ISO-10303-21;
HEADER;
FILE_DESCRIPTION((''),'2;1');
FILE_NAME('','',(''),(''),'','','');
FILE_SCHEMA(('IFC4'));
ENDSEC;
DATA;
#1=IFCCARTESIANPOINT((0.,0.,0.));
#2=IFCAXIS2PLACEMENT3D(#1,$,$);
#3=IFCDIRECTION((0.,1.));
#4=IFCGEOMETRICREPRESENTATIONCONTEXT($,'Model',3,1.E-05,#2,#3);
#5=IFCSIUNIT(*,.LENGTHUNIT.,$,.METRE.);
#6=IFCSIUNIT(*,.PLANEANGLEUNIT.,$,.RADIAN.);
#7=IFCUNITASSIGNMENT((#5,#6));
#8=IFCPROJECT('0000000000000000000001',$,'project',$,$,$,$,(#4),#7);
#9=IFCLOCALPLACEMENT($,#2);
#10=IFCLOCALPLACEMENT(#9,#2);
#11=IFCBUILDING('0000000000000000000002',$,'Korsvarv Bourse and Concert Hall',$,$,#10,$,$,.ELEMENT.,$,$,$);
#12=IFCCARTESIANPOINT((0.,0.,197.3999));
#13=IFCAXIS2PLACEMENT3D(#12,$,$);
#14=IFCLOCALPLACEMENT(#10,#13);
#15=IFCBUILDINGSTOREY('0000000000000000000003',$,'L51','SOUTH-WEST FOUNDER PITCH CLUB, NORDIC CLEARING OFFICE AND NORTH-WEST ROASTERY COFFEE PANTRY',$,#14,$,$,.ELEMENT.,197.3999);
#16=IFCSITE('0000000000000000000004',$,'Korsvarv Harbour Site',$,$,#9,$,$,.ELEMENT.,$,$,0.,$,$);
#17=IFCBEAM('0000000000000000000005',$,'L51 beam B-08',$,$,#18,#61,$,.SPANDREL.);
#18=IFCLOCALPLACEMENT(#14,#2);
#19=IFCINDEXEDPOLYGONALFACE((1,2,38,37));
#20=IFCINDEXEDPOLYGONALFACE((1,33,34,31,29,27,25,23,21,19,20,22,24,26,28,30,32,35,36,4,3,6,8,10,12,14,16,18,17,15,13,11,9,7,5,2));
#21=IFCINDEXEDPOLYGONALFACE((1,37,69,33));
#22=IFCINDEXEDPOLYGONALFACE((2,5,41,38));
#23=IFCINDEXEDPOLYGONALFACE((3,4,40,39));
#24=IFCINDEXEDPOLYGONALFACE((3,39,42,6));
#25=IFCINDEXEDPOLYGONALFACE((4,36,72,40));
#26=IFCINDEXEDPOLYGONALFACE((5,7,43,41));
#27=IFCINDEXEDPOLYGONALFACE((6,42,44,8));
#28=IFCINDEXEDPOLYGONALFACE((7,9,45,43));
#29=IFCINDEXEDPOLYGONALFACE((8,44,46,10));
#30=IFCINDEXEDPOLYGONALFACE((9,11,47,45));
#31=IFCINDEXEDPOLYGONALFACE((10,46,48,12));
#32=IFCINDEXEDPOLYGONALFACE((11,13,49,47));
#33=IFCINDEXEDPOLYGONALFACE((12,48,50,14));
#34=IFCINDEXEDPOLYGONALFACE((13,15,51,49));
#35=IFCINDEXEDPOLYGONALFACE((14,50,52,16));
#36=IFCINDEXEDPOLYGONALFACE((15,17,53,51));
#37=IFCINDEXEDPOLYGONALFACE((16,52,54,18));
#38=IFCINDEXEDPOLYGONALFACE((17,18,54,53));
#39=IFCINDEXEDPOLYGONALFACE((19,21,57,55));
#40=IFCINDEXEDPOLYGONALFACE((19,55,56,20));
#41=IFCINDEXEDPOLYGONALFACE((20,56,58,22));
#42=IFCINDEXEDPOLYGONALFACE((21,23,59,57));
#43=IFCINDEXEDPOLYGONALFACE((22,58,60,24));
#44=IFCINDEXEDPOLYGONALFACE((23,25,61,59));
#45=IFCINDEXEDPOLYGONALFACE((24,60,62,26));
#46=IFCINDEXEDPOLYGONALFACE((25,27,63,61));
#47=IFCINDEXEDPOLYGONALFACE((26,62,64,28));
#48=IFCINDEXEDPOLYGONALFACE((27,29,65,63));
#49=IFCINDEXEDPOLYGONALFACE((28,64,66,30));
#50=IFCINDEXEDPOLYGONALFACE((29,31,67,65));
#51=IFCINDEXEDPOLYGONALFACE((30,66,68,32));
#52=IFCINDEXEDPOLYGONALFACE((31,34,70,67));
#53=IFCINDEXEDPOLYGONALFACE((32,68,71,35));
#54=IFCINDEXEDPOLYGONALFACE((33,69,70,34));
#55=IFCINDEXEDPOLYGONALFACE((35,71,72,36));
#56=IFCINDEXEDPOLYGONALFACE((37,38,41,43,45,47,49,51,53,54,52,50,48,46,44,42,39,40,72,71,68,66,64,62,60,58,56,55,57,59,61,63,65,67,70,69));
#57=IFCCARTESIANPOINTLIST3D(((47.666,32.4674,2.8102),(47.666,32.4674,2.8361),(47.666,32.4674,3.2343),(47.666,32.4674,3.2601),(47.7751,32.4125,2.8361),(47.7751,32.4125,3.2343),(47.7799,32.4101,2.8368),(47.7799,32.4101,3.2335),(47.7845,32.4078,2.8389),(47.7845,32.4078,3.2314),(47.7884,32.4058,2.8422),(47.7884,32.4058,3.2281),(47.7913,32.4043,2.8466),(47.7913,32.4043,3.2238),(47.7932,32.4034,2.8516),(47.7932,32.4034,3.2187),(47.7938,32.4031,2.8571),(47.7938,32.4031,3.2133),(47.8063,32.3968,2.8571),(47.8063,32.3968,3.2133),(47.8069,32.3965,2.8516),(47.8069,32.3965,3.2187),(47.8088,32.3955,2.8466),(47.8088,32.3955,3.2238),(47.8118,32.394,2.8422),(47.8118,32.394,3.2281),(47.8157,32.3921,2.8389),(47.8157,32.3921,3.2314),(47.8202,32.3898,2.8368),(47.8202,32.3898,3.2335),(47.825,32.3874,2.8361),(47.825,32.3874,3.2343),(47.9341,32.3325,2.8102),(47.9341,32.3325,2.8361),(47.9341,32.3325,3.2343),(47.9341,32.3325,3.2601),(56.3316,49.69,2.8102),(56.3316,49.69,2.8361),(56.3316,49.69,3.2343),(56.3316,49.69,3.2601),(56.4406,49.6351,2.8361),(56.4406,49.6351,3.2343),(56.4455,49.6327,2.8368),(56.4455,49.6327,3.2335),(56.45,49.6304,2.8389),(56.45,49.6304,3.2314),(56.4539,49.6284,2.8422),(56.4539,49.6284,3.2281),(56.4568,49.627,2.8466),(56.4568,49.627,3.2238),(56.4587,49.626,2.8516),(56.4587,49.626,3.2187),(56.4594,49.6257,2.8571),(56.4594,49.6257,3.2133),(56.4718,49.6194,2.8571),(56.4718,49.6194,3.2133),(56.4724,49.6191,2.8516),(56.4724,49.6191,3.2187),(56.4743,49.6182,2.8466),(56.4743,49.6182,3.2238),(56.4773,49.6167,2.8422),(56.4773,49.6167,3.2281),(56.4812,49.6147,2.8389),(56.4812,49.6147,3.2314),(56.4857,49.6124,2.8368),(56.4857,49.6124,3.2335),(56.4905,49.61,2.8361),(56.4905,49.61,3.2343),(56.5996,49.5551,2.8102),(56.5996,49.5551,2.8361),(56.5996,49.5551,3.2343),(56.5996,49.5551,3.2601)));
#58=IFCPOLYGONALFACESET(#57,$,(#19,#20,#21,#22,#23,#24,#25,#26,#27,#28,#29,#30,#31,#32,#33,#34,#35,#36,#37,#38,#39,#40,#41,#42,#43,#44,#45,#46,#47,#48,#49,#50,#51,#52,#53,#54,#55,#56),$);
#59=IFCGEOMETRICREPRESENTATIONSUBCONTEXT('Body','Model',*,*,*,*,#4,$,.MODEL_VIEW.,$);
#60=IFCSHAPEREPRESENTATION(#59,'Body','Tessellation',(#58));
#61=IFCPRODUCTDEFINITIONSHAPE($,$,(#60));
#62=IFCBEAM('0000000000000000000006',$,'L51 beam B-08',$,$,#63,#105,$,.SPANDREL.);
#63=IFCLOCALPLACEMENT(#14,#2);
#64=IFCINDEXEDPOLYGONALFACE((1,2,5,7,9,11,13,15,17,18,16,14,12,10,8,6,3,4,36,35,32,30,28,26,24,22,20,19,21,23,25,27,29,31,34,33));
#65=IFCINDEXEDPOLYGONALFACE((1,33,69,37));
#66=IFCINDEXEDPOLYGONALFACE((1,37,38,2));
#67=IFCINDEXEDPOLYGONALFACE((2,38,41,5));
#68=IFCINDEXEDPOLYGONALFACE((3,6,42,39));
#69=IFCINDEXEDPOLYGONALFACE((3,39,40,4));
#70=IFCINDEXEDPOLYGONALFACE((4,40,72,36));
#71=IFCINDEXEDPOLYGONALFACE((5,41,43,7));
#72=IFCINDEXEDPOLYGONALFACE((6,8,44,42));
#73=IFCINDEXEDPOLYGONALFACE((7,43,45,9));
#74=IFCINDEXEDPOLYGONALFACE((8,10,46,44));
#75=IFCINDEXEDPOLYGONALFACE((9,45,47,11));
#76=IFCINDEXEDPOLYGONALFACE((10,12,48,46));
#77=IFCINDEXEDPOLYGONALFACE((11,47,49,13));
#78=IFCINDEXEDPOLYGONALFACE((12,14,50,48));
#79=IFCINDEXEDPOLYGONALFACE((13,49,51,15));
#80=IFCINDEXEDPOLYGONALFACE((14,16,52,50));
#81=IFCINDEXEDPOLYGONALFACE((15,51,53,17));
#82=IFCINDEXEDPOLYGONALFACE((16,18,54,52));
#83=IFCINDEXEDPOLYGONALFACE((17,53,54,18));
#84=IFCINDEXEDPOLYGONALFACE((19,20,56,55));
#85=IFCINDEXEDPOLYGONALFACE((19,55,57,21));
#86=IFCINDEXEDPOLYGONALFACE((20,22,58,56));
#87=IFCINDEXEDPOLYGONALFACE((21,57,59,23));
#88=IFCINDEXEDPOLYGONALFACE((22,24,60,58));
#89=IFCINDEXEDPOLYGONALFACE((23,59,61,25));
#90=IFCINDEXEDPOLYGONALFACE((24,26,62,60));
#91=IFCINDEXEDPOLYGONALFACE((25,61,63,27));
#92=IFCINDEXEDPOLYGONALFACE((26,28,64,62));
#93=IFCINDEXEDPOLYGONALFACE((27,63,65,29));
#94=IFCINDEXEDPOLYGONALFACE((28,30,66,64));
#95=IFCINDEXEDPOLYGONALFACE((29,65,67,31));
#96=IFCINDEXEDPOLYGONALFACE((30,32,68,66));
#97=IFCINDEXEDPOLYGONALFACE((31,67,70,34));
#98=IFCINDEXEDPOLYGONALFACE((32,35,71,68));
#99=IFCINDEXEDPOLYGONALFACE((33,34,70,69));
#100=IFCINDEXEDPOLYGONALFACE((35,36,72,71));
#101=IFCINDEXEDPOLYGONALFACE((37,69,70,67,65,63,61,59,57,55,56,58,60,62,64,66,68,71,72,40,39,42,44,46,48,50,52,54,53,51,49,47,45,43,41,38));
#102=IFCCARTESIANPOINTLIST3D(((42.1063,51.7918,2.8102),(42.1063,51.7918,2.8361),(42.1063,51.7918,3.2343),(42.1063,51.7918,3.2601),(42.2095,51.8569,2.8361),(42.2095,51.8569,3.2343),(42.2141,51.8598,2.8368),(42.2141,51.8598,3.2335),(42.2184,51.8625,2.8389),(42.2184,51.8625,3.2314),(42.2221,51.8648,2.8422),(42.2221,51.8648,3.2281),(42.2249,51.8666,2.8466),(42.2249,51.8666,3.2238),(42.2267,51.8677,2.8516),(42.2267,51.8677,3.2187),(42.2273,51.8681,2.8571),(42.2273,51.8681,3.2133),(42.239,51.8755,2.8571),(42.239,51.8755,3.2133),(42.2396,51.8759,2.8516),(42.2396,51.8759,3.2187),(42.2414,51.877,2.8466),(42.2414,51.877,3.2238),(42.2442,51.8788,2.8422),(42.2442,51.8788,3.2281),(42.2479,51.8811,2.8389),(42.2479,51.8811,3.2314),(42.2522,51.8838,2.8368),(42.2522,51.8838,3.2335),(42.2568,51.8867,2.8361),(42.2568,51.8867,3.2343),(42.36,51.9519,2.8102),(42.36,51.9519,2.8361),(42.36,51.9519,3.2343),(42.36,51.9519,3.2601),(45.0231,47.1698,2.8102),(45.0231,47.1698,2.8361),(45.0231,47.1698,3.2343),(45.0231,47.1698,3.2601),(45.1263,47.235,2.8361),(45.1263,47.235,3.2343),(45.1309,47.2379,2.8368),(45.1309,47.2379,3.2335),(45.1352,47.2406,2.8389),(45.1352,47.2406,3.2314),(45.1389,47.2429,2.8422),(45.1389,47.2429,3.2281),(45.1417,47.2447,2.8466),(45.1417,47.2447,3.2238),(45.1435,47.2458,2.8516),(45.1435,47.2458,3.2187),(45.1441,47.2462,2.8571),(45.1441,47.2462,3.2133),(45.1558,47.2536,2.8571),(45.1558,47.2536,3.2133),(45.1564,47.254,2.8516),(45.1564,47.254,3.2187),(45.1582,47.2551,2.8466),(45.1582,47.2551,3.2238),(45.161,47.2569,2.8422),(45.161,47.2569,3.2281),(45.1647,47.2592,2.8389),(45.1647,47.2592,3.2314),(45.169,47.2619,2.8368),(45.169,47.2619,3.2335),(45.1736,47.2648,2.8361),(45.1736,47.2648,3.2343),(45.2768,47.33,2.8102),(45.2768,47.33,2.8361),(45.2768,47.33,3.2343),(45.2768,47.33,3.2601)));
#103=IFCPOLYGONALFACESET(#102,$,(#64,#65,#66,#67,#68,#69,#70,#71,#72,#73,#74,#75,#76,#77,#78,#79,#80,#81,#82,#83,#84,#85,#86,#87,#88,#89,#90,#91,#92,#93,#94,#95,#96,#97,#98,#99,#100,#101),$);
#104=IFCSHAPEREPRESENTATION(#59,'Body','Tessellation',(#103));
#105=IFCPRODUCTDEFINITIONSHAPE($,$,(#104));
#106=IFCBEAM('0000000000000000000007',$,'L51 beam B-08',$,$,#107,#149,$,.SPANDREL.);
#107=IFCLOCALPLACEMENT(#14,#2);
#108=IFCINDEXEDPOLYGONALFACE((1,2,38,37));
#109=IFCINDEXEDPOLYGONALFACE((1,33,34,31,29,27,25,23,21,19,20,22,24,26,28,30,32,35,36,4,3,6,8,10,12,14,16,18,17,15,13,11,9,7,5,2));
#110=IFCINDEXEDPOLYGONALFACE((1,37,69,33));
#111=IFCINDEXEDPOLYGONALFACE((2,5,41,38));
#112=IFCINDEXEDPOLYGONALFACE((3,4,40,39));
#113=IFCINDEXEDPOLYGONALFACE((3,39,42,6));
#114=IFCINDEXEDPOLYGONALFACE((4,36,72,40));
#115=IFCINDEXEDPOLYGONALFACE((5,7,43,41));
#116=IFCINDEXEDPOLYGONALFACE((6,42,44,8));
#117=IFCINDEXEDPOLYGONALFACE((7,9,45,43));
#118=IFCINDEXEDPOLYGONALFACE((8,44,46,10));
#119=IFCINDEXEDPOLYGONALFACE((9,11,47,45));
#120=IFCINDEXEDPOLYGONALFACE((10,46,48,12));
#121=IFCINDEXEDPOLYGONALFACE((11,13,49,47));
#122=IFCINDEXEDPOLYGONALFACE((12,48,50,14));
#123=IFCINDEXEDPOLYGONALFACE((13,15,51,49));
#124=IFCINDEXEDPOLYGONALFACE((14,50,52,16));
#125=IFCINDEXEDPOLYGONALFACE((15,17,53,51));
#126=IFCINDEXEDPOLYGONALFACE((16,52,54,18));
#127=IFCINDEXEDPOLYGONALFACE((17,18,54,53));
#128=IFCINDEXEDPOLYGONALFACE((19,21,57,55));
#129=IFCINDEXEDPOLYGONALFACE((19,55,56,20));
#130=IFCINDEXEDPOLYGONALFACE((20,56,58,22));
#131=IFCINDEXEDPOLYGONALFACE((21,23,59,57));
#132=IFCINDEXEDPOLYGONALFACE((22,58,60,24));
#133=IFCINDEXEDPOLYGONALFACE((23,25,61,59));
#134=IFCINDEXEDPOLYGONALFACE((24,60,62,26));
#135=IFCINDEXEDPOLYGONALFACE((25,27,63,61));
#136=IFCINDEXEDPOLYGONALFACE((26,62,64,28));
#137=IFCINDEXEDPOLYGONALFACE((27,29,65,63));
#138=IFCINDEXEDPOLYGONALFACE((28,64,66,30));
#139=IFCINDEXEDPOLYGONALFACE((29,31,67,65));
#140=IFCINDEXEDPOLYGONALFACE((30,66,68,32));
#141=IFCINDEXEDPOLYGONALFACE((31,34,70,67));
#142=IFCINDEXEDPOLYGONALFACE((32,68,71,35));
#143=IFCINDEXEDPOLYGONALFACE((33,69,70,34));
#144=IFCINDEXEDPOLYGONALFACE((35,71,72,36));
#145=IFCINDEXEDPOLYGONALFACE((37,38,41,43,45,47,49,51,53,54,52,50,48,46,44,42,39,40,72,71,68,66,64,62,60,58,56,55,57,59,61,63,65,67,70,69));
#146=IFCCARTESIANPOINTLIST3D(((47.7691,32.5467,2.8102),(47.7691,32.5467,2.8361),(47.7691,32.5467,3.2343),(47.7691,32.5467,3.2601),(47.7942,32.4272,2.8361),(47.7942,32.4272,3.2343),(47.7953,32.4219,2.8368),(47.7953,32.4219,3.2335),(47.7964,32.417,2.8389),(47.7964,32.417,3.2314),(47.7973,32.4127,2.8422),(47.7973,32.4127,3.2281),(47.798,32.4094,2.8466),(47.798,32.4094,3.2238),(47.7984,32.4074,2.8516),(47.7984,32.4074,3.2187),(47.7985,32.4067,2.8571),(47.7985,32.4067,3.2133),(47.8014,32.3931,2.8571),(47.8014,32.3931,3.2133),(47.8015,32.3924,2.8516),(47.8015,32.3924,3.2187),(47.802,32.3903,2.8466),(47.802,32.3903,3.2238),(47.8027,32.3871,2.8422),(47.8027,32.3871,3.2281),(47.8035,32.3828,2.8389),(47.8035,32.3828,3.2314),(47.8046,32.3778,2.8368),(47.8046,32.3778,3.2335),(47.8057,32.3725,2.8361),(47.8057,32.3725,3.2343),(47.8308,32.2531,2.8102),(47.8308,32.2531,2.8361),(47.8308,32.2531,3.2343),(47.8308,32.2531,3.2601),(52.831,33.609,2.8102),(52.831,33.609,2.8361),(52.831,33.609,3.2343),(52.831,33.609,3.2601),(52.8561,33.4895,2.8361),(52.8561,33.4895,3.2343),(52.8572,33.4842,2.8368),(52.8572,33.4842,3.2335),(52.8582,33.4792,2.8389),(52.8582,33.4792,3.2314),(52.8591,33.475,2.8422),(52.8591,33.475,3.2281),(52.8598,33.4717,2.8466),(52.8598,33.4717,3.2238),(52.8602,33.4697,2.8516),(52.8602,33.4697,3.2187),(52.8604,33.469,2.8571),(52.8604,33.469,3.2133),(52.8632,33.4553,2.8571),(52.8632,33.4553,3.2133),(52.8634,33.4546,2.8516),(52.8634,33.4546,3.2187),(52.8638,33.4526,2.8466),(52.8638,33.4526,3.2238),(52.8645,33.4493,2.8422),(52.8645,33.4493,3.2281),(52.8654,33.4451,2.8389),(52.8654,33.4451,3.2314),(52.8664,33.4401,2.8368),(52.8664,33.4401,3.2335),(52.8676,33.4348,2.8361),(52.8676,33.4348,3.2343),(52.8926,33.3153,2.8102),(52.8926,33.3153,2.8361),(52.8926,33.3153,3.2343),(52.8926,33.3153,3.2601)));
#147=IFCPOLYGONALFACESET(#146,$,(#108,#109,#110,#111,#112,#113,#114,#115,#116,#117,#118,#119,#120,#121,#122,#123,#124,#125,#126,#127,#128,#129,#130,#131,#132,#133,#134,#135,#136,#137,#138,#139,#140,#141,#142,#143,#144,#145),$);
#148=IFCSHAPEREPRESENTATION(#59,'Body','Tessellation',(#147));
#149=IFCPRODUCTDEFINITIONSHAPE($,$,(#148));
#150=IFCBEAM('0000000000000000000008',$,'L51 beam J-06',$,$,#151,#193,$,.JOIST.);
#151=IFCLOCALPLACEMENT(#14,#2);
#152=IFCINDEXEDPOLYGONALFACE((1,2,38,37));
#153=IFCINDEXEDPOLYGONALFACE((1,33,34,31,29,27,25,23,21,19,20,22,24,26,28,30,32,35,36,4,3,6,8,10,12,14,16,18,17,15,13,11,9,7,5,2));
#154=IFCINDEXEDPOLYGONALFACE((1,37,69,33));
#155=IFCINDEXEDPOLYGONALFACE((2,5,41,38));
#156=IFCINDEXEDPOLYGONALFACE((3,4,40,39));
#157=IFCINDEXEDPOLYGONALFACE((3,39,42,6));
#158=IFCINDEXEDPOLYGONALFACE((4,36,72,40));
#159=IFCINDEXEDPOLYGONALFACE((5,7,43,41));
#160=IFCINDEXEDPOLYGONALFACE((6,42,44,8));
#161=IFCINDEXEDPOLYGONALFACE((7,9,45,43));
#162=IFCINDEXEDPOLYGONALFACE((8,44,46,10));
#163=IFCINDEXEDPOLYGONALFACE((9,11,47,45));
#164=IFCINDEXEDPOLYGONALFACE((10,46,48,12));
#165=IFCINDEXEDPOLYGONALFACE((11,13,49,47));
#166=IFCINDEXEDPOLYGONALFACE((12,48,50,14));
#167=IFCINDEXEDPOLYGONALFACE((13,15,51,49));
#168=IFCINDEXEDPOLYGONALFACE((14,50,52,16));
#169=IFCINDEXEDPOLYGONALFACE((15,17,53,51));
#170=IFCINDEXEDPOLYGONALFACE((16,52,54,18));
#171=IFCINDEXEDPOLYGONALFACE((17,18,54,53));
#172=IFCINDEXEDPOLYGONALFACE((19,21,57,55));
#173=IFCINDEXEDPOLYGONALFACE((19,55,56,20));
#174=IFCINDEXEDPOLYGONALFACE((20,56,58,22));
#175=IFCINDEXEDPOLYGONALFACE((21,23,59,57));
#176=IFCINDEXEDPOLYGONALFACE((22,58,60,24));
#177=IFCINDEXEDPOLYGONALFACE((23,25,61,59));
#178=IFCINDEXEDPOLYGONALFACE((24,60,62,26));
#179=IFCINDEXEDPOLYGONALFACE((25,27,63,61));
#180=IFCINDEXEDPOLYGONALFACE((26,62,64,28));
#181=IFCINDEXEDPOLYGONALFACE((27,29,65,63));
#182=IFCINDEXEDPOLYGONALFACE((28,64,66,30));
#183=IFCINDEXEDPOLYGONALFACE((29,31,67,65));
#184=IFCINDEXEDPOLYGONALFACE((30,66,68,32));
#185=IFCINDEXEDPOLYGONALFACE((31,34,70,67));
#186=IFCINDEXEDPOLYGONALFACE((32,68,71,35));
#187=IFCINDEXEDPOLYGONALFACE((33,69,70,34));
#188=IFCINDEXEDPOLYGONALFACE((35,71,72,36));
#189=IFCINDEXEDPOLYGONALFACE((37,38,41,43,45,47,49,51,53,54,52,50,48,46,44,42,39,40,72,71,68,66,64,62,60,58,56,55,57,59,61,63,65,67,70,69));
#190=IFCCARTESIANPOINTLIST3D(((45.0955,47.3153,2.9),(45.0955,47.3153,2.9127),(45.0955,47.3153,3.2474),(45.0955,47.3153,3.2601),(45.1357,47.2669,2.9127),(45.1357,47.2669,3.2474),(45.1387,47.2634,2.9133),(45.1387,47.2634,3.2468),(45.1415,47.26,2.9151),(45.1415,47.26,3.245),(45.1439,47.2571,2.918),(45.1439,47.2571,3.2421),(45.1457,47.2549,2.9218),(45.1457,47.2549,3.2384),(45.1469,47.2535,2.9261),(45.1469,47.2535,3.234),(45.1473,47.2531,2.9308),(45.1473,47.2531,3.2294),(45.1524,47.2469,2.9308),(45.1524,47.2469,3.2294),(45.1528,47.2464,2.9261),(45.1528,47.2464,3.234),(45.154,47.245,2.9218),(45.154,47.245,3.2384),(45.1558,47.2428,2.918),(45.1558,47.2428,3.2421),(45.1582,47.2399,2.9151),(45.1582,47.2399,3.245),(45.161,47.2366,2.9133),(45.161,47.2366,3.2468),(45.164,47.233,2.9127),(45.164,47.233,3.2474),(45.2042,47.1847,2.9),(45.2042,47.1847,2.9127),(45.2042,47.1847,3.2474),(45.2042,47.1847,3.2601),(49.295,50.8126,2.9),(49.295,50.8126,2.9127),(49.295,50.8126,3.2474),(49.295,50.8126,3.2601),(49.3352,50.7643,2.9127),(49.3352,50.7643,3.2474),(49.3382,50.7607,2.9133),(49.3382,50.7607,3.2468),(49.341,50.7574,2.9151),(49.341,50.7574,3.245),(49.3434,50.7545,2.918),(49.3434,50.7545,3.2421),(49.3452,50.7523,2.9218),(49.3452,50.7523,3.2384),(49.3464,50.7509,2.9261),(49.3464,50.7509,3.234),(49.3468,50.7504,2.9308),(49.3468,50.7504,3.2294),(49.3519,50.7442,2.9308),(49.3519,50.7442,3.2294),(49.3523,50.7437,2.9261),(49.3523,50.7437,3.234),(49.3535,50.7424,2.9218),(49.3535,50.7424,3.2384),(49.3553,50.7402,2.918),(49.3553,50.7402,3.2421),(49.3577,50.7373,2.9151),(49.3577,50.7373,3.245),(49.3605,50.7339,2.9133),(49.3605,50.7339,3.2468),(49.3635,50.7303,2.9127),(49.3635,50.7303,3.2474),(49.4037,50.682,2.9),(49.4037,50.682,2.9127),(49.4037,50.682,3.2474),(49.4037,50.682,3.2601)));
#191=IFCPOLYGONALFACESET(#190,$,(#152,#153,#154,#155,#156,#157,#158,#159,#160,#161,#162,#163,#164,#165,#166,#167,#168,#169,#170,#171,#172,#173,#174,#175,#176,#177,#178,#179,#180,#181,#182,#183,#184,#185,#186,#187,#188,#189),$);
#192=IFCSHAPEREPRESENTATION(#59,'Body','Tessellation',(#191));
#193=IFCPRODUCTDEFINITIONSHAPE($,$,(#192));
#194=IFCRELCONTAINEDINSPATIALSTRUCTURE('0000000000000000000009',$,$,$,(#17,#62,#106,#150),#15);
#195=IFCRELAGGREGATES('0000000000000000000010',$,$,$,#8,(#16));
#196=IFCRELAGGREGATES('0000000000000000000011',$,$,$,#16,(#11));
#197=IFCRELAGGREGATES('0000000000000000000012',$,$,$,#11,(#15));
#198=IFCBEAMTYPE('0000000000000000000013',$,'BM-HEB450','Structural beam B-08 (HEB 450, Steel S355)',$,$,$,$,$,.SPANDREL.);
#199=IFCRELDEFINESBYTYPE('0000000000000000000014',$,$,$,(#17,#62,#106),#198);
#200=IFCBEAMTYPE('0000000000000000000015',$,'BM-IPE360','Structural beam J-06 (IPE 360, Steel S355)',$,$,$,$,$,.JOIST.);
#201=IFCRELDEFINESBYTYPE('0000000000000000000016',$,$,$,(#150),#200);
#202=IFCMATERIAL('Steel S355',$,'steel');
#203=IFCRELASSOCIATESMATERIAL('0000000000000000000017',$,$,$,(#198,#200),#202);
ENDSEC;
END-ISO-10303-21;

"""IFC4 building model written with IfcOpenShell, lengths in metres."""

from ifc_helpers import new_model, si_unit, direction, frame, origin, origin_2d, place, context, subcontext, project, spatial, i_section, extrude, source, transform, mapped, material, material_profile, profile_set, type_object, element, save


model = new_model("IFC4")

# Units and contexts
model_context = context("Model", 3, precision=1e-05, world=origin(), true_north=direction((0.0, 1.0)))
body_context = subcontext(model_context, "Body", "Model", "MODEL_VIEW")
ifc_project = project(units=[si_unit("LENGTHUNIT", "METRE"), si_unit("PLANEANGLEUNIT", "RADIAN")], contexts=[model_context])

# Site, building, storey
site_placement = place(None, origin())
site = spatial("IfcSite", under=ifc_project, at=site_placement, Name="Korsvarv Harbour Site", CompositionType="ELEMENT", RefElevation=0.0)
building_placement = place(site_placement, origin())
building = spatial("IfcBuilding", under=site, at=building_placement, Name="Korsvarv Bourse and Concert Hall", CompositionType="ELEMENT")
storey_placement = place(building_placement, frame((0.0, 0.0, 197.3999)))
storey = spatial("IfcBuildingStorey", under=building, at=storey_placement, Name="L51", Description="SOUTH-WEST FOUNDER PITCH CLUB, NORDIC CLEARING OFFICE AND NORTH-WEST ROASTERY COFFEE PANTRY", CompositionType="ELEMENT", Elevation=197.3999)

# Shared definitions
ifc_material_1 = material(Name="Steel S355", Category="steel")

# Beams
ifc_material_profile_1 = material_profile(ifc_material_1, i_section(OverallWidth=0.3, OverallDepth=0.45, WebThickness=0.0139, FlangeThickness=0.0259, FilletRadius=0.021, at=origin_2d()), Name="HEB 450")
ifc_profile_set_1 = profile_set([ifc_material_profile_1], Name="Steel S355")
beam_type_1 = type_object("IfcBeamType", Name="BM-HEB450", Description="Structural beam B-08 (HEB 450, Steel S355)", PredefinedType="SPANDREL", material=ifc_profile_set_1)
shared_shape_1 = source(origin(), body_context, "Body", "SweptSolid", [
    extrude(i_section(OverallWidth=0.3, OverallDepth=0.45, WebThickness=0.0139, FlangeThickness=0.0259, FilletRadius=0.021, at=origin_2d()), origin(), (0.0, 0.0, 1.0), 19.2798),
])
beam_1_placement = place(storey_placement, frame((56.4656, 49.6226, 3.0352), z_axis=(-0.449461, -0.8933, 0.0), x_axis=(0.8933, -0.449461, 0.0)))
element("IfcBeam", 1, at=beam_1_placement, inside=storey, type_object=beam_type_1, Name="L51 beam B-08", PredefinedType="SPANDREL", context=body_context, shape_type="MappedRepresentation", body=[
    mapped(shared_shape_1, transform((0.0, 0.0, 0.0), scale=1.0)),
])
shared_shape_2 = source(origin(), body_context, "Body", "SweptSolid", [
    extrude(i_section(OverallWidth=0.3, OverallDepth=0.45, WebThickness=0.0139, FlangeThickness=0.0259, FilletRadius=0.021, at=origin_2d()), origin(), (0.0, 0.0, 1.0), 5.4653),
])
beam_2_placement = place(storey_placement, frame((42.2332, 51.8718, 3.0352), z_axis=(0.533692, -0.845679, 0.0), x_axis=(0.845679, 0.533692, 0.0)))
element("IfcBeam", 2, at=beam_2_placement, inside=storey, type_object=beam_type_1, Name="L51 beam B-08", PredefinedType="SPANDREL", context=body_context, shape_type="MappedRepresentation", body=[
    mapped(shared_shape_2, transform((0.0, 0.0, 0.0), scale=1.0)),
])
shared_shape_3 = source(origin(), body_context, "Body", "SweptSolid", [
    extrude(i_section(OverallWidth=0.3, OverallDepth=0.45, WebThickness=0.0139, FlangeThickness=0.0259, FilletRadius=0.021, at=origin_2d()), origin(), (0.0, 0.0, 1.0), 5.1721),
])
beam_3_placement = place(storey_placement, frame((52.8618, 33.4622, 3.0352), z_axis=(-0.978681, -0.205385, 0.0), x_axis=(0.205385, -0.978681, 0.0)))
element("IfcBeam", 3, at=beam_3_placement, inside=storey, type_object=beam_type_1, Name="L51 beam B-08", PredefinedType="SPANDREL", context=body_context, shape_type="MappedRepresentation", body=[
    mapped(shared_shape_3, transform((0.0, 0.0, 0.0), scale=1.0)),
])
ifc_material_profile_2 = material_profile(ifc_material_1, i_section(OverallWidth=0.1699, OverallDepth=0.3601, WebThickness=0.0081, FlangeThickness=0.0127, FilletRadius=0.0181, at=origin_2d()), Name="IPE 360")
ifc_profile_set_2 = profile_set([ifc_material_profile_2], Name="Steel S355")
beam_type_2 = type_object("IfcBeamType", Name="BM-IPE360", Description="Structural beam J-06 (IPE 360, Steel S355)", PredefinedType="JOIST", material=ifc_profile_set_2)
shared_shape_4 = source(origin(), body_context, "Body", "SweptSolid", [
    extrude(i_section(OverallWidth=0.1699, OverallDepth=0.3601, WebThickness=0.0081, FlangeThickness=0.0127, FilletRadius=0.0181, at=origin_2d()), origin(), (0.0, 0.0, 1.0), 5.4651),
])
beam_4_placement = place(storey_placement, frame((49.3494, 50.7473, 3.0801), z_axis=(-0.768423, -0.639943, 0.0), x_axis=(0.639943, -0.768423, 0.0)))
element("IfcBeam", 4, at=beam_4_placement, inside=storey, type_object=beam_type_2, Name="L51 beam J-06", PredefinedType="JOIST", context=body_context, shape_type="MappedRepresentation", body=[
    mapped(shared_shape_4, transform((0.0, 0.0, 0.0), scale=1.0)),
])

save(model, "model.ifc")
